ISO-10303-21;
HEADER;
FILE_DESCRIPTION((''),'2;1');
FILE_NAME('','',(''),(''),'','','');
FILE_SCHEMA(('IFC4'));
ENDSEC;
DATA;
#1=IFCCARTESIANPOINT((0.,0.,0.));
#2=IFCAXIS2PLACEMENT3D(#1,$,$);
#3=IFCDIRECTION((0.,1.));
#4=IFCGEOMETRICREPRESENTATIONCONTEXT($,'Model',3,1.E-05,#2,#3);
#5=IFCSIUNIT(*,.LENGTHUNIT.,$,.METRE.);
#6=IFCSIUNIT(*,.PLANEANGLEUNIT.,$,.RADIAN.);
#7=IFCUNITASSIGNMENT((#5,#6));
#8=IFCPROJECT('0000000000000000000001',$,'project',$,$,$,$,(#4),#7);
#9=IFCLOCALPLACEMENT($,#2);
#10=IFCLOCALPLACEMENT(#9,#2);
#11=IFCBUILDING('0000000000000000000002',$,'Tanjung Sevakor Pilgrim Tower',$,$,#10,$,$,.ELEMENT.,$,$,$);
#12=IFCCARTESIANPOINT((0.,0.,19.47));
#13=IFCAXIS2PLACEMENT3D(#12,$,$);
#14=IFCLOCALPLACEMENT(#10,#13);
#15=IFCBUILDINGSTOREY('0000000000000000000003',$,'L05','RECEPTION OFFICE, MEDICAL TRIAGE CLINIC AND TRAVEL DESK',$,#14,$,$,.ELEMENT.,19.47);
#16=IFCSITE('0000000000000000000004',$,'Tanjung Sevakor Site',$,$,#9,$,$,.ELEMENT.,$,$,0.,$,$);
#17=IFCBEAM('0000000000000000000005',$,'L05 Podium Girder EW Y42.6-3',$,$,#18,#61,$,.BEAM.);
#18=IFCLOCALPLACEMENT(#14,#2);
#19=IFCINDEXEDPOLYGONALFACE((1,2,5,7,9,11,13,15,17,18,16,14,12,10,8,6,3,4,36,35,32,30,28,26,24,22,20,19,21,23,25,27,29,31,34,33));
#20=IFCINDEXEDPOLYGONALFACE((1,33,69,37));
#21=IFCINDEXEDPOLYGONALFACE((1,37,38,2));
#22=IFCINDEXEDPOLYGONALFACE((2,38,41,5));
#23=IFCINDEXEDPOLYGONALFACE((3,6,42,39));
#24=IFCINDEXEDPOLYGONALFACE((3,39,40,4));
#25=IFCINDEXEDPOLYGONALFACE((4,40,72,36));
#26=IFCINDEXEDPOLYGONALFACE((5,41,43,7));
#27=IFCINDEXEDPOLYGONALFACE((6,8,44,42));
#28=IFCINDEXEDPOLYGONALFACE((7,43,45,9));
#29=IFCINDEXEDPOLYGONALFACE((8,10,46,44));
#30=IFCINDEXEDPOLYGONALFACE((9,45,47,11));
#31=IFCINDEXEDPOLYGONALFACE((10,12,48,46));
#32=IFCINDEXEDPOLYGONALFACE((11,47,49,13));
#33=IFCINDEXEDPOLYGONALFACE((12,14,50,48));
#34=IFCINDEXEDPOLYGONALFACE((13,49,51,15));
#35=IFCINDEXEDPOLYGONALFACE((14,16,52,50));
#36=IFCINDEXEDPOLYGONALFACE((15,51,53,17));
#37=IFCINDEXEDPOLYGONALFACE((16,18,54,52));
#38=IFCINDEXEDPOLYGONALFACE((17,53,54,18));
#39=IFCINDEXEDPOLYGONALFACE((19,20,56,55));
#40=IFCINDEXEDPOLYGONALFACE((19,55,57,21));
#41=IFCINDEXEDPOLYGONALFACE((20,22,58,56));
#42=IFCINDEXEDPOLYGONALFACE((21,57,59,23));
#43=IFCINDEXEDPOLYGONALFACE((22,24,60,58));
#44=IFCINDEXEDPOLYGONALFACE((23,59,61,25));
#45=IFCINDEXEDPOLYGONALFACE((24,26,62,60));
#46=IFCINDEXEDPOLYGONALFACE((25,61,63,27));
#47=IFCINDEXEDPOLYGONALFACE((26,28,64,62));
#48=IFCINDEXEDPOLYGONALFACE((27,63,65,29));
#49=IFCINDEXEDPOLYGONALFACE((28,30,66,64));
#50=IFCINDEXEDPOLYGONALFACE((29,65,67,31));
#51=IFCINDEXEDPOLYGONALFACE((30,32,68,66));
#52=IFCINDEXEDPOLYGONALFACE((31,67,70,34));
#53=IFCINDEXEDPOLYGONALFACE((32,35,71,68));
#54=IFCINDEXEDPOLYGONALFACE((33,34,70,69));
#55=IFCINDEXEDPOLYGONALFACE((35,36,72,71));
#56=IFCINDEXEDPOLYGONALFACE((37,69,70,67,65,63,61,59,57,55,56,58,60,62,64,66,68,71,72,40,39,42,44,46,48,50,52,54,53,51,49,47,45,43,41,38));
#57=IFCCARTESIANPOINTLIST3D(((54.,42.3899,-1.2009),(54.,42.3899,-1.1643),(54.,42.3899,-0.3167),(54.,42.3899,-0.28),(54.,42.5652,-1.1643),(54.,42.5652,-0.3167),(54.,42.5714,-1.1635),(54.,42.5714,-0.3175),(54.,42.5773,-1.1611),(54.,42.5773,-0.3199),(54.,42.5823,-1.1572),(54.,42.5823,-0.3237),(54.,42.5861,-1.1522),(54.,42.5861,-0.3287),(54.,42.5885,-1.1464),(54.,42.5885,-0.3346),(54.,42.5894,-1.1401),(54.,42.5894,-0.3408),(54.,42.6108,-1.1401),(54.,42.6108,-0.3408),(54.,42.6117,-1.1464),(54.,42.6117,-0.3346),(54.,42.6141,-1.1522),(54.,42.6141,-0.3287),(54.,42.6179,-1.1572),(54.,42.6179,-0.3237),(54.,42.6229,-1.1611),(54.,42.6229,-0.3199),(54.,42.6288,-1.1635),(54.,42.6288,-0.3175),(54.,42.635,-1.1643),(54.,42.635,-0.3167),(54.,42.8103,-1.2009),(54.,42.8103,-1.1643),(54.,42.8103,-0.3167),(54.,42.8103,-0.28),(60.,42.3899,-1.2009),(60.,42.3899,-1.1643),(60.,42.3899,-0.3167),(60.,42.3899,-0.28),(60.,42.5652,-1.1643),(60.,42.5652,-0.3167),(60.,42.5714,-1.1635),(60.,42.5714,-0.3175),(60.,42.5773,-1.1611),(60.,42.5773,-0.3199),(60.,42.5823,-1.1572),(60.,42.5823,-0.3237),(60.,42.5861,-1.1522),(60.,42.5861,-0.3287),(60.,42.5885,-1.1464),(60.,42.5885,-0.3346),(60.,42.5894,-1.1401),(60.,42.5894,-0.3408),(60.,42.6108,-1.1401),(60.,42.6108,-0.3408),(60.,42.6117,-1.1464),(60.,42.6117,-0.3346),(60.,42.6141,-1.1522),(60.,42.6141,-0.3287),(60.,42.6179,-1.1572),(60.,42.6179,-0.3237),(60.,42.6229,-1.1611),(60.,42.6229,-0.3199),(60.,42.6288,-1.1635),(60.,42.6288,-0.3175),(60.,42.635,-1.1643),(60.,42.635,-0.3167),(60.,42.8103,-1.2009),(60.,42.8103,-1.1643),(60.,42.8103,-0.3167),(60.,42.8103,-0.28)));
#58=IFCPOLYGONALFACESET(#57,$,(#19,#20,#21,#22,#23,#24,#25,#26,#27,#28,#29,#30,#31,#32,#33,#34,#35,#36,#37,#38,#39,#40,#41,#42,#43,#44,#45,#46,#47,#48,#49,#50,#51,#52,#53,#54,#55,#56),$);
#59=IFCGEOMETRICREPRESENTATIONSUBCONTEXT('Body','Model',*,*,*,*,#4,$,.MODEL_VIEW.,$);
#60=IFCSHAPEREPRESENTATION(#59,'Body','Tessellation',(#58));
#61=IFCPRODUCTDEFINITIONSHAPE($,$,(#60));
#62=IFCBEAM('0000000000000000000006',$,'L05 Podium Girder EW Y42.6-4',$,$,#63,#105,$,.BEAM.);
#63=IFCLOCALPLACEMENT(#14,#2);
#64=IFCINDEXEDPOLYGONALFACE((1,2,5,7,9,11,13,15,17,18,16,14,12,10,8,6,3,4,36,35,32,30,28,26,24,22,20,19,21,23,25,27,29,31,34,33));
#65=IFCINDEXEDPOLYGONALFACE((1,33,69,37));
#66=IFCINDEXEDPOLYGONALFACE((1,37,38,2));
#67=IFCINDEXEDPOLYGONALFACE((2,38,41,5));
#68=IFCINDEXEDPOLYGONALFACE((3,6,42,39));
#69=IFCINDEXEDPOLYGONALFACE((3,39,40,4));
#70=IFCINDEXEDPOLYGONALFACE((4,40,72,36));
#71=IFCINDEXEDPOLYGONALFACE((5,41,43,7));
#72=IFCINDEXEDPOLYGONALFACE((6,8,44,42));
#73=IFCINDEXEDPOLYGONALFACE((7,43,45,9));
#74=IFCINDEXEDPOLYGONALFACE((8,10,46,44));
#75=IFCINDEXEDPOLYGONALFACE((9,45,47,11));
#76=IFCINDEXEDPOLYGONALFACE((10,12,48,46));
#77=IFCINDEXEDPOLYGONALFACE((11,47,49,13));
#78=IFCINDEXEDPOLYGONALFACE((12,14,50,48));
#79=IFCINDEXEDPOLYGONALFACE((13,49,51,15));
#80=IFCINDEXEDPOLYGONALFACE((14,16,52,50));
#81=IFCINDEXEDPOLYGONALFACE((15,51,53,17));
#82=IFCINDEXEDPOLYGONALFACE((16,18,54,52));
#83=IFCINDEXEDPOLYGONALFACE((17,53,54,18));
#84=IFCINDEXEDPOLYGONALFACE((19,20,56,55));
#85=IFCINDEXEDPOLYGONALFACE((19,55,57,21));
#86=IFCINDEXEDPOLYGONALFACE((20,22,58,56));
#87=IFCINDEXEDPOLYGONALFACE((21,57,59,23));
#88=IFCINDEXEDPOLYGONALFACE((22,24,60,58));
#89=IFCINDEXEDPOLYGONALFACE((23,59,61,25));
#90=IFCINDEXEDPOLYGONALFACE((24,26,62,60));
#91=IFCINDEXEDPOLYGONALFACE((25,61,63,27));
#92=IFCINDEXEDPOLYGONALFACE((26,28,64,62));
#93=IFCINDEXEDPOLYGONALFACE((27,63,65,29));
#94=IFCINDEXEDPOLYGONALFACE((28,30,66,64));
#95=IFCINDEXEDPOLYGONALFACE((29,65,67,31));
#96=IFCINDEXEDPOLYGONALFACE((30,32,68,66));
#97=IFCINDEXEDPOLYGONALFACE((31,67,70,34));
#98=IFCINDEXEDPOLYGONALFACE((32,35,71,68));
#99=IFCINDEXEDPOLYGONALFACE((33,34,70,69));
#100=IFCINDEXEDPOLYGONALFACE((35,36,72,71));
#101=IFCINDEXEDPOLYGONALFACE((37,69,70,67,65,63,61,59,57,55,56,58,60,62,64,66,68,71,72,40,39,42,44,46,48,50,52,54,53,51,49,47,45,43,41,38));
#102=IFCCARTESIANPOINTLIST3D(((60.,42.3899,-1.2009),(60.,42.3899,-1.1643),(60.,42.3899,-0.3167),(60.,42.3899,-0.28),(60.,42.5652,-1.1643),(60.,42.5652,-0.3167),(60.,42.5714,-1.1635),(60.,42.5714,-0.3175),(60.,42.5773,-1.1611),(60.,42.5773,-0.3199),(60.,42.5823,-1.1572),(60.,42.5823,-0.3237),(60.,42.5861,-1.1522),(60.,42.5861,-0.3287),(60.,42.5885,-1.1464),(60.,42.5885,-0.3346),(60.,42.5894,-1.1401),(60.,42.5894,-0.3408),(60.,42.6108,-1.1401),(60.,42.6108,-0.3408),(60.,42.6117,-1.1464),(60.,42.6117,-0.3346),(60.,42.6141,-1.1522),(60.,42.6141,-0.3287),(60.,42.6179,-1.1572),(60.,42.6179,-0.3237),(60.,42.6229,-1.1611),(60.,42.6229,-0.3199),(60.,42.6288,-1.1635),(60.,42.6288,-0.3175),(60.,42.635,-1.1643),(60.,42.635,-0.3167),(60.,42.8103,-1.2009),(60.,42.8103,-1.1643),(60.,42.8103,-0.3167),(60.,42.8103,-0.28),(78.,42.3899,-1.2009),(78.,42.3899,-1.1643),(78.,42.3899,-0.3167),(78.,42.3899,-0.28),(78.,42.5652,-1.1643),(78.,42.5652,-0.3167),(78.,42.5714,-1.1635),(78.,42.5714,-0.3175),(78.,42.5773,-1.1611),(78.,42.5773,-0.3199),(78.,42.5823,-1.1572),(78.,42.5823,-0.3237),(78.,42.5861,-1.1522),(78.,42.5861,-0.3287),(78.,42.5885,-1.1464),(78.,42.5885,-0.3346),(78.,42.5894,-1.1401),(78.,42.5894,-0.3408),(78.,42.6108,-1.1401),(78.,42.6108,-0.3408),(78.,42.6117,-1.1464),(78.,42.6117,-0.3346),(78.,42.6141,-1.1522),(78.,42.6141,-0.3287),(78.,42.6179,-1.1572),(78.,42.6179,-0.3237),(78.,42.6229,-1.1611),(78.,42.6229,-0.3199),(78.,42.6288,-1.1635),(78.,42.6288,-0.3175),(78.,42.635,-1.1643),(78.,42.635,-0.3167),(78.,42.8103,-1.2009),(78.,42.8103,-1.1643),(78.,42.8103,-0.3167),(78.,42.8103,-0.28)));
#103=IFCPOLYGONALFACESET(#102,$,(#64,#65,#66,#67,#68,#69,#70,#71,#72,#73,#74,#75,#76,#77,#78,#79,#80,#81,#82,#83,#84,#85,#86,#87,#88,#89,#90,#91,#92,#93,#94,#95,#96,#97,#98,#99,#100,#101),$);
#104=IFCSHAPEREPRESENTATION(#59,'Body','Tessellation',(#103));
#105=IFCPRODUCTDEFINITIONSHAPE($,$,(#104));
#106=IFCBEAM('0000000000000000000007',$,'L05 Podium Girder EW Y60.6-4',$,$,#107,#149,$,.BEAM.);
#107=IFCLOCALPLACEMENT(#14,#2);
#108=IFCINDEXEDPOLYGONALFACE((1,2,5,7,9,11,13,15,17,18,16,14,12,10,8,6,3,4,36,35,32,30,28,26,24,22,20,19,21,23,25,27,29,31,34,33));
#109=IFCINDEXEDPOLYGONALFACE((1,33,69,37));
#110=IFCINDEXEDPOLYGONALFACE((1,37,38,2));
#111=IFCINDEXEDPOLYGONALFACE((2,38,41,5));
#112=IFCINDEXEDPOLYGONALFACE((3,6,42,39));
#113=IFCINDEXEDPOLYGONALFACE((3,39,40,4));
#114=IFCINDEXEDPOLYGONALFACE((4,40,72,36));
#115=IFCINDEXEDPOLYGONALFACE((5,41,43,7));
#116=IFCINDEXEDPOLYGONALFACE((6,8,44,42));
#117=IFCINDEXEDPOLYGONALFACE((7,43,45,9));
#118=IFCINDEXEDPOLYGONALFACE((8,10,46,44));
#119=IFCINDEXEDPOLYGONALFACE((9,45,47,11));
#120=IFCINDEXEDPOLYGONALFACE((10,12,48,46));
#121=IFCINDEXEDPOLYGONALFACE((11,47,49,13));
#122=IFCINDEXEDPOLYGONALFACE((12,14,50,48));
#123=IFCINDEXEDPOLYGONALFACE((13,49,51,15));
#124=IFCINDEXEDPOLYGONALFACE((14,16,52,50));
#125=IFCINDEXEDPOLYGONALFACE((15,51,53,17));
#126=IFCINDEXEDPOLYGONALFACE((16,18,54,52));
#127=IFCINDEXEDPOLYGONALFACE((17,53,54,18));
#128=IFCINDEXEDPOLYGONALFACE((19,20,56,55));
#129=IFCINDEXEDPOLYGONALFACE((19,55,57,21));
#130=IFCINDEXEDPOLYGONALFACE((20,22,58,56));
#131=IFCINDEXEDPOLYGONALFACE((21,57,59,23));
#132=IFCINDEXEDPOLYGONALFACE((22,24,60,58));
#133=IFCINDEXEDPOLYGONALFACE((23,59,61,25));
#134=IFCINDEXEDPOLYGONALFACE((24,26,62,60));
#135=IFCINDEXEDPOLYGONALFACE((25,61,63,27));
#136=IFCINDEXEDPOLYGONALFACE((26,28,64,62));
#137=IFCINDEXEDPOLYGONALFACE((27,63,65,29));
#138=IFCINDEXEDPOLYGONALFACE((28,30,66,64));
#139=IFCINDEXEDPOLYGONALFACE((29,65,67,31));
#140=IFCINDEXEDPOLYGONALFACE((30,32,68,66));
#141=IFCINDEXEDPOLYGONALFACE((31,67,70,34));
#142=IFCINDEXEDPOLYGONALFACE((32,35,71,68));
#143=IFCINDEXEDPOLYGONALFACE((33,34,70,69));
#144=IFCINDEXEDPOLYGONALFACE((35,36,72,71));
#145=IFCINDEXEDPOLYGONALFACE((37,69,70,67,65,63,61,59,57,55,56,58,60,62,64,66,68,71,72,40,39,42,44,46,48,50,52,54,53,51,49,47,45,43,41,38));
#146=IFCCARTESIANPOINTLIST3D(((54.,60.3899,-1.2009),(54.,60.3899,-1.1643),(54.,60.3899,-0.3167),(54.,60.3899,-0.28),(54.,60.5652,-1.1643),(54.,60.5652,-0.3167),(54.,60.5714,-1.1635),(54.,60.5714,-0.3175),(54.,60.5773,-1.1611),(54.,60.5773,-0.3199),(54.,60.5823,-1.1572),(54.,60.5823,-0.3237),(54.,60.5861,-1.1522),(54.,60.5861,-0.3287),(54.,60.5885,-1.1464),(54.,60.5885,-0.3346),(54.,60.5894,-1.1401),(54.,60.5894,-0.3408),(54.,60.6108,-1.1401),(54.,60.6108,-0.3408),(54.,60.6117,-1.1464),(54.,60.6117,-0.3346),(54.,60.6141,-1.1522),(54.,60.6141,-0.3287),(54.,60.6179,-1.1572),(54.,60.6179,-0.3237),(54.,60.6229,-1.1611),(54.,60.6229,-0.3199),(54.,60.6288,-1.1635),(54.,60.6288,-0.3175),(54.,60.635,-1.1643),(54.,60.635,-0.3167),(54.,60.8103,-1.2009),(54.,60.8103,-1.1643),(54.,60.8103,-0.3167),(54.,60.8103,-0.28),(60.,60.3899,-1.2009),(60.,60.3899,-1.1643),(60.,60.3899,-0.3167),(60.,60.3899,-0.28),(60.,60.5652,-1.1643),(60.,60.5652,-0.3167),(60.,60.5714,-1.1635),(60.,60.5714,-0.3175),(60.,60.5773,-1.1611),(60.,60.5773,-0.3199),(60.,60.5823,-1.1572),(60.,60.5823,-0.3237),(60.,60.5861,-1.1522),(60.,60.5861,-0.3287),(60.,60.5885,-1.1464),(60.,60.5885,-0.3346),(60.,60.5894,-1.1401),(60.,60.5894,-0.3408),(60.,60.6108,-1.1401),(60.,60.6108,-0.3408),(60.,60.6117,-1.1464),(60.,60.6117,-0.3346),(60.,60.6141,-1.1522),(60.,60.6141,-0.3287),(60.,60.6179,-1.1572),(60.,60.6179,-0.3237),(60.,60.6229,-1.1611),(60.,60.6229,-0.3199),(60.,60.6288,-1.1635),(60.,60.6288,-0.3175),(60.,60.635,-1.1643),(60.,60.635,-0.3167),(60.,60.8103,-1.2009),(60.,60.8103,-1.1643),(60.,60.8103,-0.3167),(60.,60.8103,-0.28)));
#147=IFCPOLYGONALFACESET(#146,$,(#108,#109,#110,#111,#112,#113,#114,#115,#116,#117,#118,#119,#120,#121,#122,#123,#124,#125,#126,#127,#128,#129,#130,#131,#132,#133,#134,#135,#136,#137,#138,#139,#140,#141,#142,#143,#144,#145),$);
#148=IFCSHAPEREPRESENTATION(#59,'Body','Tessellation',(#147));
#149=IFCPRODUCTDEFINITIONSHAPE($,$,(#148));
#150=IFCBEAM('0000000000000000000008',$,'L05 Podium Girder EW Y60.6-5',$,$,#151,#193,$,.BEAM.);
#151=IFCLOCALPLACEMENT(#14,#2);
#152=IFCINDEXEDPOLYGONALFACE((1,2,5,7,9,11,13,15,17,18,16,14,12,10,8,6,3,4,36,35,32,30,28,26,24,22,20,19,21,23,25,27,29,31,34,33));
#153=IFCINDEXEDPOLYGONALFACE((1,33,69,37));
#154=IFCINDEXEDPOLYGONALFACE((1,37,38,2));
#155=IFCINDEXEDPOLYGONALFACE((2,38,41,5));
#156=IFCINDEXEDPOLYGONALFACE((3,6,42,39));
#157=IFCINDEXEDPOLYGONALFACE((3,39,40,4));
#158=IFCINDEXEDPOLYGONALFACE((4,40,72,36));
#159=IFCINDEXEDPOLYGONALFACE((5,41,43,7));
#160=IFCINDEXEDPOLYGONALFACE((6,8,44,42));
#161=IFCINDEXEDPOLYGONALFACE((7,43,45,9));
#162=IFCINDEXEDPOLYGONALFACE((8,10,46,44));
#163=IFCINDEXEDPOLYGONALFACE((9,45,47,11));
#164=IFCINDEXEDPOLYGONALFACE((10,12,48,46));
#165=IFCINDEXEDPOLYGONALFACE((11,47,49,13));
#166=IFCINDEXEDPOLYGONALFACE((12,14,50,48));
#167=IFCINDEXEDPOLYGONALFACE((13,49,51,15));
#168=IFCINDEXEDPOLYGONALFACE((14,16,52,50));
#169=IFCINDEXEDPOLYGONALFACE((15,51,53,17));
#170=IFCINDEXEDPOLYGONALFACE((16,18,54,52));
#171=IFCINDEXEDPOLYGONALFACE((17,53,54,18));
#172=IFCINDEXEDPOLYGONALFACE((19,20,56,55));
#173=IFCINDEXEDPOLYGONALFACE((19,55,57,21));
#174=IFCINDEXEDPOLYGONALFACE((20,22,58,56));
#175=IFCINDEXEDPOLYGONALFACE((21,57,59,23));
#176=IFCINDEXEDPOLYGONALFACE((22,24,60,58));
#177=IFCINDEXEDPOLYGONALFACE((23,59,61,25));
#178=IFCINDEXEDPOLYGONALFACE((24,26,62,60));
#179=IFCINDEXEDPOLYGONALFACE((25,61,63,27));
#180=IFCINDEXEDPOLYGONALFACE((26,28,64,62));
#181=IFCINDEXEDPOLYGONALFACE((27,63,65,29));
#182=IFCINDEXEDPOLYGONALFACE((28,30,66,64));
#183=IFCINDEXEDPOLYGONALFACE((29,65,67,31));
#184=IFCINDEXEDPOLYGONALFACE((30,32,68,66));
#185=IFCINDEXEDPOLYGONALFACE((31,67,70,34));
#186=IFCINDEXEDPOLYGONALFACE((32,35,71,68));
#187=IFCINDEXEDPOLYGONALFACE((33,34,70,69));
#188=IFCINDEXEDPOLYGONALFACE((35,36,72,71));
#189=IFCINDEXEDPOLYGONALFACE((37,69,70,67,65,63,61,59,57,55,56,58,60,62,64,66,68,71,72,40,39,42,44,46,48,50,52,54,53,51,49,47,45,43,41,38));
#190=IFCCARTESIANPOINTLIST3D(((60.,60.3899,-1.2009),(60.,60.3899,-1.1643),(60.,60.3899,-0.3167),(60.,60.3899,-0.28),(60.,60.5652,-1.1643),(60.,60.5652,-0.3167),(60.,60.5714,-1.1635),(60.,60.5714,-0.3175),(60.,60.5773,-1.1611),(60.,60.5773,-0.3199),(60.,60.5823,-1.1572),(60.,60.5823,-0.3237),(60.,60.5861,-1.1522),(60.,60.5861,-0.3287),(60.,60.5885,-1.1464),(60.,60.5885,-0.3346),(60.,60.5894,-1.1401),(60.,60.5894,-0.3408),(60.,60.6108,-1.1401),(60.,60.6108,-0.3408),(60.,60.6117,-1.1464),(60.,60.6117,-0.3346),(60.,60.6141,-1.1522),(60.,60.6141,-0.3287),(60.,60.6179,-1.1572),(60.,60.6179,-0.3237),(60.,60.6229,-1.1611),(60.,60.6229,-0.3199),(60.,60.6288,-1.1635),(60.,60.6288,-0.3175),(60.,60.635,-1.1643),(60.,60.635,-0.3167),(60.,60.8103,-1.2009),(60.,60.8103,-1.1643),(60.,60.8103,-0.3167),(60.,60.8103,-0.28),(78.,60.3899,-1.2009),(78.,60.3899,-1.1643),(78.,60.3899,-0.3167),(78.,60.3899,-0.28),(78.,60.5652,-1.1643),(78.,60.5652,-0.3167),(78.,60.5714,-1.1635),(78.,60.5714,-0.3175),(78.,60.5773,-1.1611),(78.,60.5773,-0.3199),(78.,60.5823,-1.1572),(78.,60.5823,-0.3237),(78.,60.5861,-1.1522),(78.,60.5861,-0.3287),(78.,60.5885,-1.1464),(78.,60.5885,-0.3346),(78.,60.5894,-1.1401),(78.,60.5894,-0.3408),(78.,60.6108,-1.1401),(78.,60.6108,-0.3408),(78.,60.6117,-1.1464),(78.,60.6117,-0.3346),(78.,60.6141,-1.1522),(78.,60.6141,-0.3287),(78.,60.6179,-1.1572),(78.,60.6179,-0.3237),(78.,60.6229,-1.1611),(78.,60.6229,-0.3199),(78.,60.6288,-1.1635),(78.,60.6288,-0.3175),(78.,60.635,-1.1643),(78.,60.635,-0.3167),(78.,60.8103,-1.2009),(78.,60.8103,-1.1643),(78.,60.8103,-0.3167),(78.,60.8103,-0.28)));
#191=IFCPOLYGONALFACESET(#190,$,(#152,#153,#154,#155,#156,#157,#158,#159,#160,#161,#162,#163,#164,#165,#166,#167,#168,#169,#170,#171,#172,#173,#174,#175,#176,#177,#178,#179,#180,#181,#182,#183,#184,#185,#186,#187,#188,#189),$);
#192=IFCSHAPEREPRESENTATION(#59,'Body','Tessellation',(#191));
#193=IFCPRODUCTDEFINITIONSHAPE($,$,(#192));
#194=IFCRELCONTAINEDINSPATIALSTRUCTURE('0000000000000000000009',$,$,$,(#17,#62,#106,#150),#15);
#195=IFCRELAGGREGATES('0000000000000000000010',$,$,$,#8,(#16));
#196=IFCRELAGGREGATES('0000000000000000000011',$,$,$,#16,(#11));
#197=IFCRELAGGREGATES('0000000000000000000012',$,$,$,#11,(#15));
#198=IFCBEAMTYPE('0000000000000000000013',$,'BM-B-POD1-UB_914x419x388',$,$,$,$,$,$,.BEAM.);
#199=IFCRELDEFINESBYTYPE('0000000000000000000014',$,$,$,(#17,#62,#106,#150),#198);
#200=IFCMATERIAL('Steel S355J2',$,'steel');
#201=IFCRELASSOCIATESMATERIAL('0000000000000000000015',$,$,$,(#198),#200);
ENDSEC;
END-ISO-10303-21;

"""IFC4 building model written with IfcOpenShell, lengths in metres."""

from ifc_helpers import new_model, si_unit, direction, frame, origin, origin_2d, place, context, subcontext, project, spatial, i_section, extrude, material, material_profile, profile_set, type_object, element, save


model = new_model("IFC4")

# Units and contexts
model_context = context("Model", 3, precision=1e-05, world=origin(), true_north=direction((0.0, 1.0)))
body_context = subcontext(model_context, "Body", "Model", "MODEL_VIEW")
ifc_project = project(units=[si_unit("LENGTHUNIT", "METRE"), si_unit("PLANEANGLEUNIT", "RADIAN")], contexts=[model_context])

# Site, building, storey
site_placement = place(None, origin())
site = spatial("IfcSite", under=ifc_project, at=site_placement, Name="Tanjung Sevakor Site", CompositionType="ELEMENT", RefElevation=0.0)
building_placement = place(site_placement, origin())
building = spatial("IfcBuilding", under=site, at=building_placement, Name="Tanjung Sevakor Pilgrim Tower", CompositionType="ELEMENT")
storey_placement = place(building_placement, frame((0.0, 0.0, 19.47)))
storey = spatial("IfcBuildingStorey", under=building, at=storey_placement, Name="L05", Description="RECEPTION OFFICE, MEDICAL TRIAGE CLINIC AND TRAVEL DESK", CompositionType="ELEMENT", Elevation=19.47)

# Beams
ifc_material_1 = material(Name="Steel S355J2", Category="steel")
ifc_material_profile_1 = material_profile(ifc_material_1, i_section(OverallWidth=0.4204, OverallDepth=0.9209, WebThickness=0.0215, FlangeThickness=0.0366, FilletRadius=0.0242, at=origin_2d()))
ifc_profile_set_1 = profile_set([ifc_material_profile_1], Name="Steel S355J2")
beam_type_1 = type_object("IfcBeamType", Name="BM-B-POD1-UB_914x419x388", PredefinedType="BEAM", material=ifc_profile_set_1)
beam_1_placement = place(storey_placement, frame((54.0, 42.6001, -0.7405), z_axis=(1.0, 0.0, 0.0), x_axis=(0.0, 1.0, 0.0)))
element("IfcBeam", 1, at=beam_1_placement, inside=storey, type_object=beam_type_1, Name="L05 Podium Girder EW Y42.6-3", PredefinedType="BEAM", context=body_context, shape_type="SweptSolid", body=[
    extrude(i_section(OverallWidth=0.4204, OverallDepth=0.9209, WebThickness=0.0215, FlangeThickness=0.0366, FilletRadius=0.0242, at=origin_2d()), origin(), (0.0, 0.0, 1.0), 6.0),
])
beam_2_placement = place(storey_placement, frame((60.0, 42.6001, -0.7405), z_axis=(1.0, 0.0, 0.0), x_axis=(0.0, 1.0, 0.0)))
element("IfcBeam", 2, at=beam_2_placement, inside=storey, type_object=beam_type_1, Name="L05 Podium Girder EW Y42.6-4", PredefinedType="BEAM", context=body_context, shape_type="SweptSolid", body=[
    extrude(i_section(OverallWidth=0.4204, OverallDepth=0.9209, WebThickness=0.0215, FlangeThickness=0.0366, FilletRadius=0.0242, at=origin_2d()), origin(), (0.0, 0.0, 1.0), 18.0),
])
beam_3_placement = place(storey_placement, frame((54.0, 60.6001, -0.7405), z_axis=(1.0, 0.0, 0.0), x_axis=(0.0, 1.0, 0.0)))
element("IfcBeam", 3, at=beam_3_placement, inside=storey, type_object=beam_type_1, Name="L05 Podium Girder EW Y60.6-4", PredefinedType="BEAM", context=body_context, shape_type="SweptSolid", body=[
    extrude(i_section(OverallWidth=0.4204, OverallDepth=0.9209, WebThickness=0.0215, FlangeThickness=0.0366, FilletRadius=0.0242, at=origin_2d()), origin(), (0.0, 0.0, 1.0), 6.0),
])
beam_4_placement = place(storey_placement, frame((60.0, 60.6001, -0.7405), z_axis=(1.0, 0.0, 0.0), x_axis=(0.0, 1.0, 0.0)))
element("IfcBeam", 4, at=beam_4_placement, inside=storey, type_object=beam_type_1, Name="L05 Podium Girder EW Y60.6-5", PredefinedType="BEAM", context=body_context, shape_type="SweptSolid", body=[
    extrude(i_section(OverallWidth=0.4204, OverallDepth=0.9209, WebThickness=0.0215, FlangeThickness=0.0366, FilletRadius=0.0242, at=origin_2d()), origin(), (0.0, 0.0, 1.0), 18.0),
])

save(model, "model.ifc")
